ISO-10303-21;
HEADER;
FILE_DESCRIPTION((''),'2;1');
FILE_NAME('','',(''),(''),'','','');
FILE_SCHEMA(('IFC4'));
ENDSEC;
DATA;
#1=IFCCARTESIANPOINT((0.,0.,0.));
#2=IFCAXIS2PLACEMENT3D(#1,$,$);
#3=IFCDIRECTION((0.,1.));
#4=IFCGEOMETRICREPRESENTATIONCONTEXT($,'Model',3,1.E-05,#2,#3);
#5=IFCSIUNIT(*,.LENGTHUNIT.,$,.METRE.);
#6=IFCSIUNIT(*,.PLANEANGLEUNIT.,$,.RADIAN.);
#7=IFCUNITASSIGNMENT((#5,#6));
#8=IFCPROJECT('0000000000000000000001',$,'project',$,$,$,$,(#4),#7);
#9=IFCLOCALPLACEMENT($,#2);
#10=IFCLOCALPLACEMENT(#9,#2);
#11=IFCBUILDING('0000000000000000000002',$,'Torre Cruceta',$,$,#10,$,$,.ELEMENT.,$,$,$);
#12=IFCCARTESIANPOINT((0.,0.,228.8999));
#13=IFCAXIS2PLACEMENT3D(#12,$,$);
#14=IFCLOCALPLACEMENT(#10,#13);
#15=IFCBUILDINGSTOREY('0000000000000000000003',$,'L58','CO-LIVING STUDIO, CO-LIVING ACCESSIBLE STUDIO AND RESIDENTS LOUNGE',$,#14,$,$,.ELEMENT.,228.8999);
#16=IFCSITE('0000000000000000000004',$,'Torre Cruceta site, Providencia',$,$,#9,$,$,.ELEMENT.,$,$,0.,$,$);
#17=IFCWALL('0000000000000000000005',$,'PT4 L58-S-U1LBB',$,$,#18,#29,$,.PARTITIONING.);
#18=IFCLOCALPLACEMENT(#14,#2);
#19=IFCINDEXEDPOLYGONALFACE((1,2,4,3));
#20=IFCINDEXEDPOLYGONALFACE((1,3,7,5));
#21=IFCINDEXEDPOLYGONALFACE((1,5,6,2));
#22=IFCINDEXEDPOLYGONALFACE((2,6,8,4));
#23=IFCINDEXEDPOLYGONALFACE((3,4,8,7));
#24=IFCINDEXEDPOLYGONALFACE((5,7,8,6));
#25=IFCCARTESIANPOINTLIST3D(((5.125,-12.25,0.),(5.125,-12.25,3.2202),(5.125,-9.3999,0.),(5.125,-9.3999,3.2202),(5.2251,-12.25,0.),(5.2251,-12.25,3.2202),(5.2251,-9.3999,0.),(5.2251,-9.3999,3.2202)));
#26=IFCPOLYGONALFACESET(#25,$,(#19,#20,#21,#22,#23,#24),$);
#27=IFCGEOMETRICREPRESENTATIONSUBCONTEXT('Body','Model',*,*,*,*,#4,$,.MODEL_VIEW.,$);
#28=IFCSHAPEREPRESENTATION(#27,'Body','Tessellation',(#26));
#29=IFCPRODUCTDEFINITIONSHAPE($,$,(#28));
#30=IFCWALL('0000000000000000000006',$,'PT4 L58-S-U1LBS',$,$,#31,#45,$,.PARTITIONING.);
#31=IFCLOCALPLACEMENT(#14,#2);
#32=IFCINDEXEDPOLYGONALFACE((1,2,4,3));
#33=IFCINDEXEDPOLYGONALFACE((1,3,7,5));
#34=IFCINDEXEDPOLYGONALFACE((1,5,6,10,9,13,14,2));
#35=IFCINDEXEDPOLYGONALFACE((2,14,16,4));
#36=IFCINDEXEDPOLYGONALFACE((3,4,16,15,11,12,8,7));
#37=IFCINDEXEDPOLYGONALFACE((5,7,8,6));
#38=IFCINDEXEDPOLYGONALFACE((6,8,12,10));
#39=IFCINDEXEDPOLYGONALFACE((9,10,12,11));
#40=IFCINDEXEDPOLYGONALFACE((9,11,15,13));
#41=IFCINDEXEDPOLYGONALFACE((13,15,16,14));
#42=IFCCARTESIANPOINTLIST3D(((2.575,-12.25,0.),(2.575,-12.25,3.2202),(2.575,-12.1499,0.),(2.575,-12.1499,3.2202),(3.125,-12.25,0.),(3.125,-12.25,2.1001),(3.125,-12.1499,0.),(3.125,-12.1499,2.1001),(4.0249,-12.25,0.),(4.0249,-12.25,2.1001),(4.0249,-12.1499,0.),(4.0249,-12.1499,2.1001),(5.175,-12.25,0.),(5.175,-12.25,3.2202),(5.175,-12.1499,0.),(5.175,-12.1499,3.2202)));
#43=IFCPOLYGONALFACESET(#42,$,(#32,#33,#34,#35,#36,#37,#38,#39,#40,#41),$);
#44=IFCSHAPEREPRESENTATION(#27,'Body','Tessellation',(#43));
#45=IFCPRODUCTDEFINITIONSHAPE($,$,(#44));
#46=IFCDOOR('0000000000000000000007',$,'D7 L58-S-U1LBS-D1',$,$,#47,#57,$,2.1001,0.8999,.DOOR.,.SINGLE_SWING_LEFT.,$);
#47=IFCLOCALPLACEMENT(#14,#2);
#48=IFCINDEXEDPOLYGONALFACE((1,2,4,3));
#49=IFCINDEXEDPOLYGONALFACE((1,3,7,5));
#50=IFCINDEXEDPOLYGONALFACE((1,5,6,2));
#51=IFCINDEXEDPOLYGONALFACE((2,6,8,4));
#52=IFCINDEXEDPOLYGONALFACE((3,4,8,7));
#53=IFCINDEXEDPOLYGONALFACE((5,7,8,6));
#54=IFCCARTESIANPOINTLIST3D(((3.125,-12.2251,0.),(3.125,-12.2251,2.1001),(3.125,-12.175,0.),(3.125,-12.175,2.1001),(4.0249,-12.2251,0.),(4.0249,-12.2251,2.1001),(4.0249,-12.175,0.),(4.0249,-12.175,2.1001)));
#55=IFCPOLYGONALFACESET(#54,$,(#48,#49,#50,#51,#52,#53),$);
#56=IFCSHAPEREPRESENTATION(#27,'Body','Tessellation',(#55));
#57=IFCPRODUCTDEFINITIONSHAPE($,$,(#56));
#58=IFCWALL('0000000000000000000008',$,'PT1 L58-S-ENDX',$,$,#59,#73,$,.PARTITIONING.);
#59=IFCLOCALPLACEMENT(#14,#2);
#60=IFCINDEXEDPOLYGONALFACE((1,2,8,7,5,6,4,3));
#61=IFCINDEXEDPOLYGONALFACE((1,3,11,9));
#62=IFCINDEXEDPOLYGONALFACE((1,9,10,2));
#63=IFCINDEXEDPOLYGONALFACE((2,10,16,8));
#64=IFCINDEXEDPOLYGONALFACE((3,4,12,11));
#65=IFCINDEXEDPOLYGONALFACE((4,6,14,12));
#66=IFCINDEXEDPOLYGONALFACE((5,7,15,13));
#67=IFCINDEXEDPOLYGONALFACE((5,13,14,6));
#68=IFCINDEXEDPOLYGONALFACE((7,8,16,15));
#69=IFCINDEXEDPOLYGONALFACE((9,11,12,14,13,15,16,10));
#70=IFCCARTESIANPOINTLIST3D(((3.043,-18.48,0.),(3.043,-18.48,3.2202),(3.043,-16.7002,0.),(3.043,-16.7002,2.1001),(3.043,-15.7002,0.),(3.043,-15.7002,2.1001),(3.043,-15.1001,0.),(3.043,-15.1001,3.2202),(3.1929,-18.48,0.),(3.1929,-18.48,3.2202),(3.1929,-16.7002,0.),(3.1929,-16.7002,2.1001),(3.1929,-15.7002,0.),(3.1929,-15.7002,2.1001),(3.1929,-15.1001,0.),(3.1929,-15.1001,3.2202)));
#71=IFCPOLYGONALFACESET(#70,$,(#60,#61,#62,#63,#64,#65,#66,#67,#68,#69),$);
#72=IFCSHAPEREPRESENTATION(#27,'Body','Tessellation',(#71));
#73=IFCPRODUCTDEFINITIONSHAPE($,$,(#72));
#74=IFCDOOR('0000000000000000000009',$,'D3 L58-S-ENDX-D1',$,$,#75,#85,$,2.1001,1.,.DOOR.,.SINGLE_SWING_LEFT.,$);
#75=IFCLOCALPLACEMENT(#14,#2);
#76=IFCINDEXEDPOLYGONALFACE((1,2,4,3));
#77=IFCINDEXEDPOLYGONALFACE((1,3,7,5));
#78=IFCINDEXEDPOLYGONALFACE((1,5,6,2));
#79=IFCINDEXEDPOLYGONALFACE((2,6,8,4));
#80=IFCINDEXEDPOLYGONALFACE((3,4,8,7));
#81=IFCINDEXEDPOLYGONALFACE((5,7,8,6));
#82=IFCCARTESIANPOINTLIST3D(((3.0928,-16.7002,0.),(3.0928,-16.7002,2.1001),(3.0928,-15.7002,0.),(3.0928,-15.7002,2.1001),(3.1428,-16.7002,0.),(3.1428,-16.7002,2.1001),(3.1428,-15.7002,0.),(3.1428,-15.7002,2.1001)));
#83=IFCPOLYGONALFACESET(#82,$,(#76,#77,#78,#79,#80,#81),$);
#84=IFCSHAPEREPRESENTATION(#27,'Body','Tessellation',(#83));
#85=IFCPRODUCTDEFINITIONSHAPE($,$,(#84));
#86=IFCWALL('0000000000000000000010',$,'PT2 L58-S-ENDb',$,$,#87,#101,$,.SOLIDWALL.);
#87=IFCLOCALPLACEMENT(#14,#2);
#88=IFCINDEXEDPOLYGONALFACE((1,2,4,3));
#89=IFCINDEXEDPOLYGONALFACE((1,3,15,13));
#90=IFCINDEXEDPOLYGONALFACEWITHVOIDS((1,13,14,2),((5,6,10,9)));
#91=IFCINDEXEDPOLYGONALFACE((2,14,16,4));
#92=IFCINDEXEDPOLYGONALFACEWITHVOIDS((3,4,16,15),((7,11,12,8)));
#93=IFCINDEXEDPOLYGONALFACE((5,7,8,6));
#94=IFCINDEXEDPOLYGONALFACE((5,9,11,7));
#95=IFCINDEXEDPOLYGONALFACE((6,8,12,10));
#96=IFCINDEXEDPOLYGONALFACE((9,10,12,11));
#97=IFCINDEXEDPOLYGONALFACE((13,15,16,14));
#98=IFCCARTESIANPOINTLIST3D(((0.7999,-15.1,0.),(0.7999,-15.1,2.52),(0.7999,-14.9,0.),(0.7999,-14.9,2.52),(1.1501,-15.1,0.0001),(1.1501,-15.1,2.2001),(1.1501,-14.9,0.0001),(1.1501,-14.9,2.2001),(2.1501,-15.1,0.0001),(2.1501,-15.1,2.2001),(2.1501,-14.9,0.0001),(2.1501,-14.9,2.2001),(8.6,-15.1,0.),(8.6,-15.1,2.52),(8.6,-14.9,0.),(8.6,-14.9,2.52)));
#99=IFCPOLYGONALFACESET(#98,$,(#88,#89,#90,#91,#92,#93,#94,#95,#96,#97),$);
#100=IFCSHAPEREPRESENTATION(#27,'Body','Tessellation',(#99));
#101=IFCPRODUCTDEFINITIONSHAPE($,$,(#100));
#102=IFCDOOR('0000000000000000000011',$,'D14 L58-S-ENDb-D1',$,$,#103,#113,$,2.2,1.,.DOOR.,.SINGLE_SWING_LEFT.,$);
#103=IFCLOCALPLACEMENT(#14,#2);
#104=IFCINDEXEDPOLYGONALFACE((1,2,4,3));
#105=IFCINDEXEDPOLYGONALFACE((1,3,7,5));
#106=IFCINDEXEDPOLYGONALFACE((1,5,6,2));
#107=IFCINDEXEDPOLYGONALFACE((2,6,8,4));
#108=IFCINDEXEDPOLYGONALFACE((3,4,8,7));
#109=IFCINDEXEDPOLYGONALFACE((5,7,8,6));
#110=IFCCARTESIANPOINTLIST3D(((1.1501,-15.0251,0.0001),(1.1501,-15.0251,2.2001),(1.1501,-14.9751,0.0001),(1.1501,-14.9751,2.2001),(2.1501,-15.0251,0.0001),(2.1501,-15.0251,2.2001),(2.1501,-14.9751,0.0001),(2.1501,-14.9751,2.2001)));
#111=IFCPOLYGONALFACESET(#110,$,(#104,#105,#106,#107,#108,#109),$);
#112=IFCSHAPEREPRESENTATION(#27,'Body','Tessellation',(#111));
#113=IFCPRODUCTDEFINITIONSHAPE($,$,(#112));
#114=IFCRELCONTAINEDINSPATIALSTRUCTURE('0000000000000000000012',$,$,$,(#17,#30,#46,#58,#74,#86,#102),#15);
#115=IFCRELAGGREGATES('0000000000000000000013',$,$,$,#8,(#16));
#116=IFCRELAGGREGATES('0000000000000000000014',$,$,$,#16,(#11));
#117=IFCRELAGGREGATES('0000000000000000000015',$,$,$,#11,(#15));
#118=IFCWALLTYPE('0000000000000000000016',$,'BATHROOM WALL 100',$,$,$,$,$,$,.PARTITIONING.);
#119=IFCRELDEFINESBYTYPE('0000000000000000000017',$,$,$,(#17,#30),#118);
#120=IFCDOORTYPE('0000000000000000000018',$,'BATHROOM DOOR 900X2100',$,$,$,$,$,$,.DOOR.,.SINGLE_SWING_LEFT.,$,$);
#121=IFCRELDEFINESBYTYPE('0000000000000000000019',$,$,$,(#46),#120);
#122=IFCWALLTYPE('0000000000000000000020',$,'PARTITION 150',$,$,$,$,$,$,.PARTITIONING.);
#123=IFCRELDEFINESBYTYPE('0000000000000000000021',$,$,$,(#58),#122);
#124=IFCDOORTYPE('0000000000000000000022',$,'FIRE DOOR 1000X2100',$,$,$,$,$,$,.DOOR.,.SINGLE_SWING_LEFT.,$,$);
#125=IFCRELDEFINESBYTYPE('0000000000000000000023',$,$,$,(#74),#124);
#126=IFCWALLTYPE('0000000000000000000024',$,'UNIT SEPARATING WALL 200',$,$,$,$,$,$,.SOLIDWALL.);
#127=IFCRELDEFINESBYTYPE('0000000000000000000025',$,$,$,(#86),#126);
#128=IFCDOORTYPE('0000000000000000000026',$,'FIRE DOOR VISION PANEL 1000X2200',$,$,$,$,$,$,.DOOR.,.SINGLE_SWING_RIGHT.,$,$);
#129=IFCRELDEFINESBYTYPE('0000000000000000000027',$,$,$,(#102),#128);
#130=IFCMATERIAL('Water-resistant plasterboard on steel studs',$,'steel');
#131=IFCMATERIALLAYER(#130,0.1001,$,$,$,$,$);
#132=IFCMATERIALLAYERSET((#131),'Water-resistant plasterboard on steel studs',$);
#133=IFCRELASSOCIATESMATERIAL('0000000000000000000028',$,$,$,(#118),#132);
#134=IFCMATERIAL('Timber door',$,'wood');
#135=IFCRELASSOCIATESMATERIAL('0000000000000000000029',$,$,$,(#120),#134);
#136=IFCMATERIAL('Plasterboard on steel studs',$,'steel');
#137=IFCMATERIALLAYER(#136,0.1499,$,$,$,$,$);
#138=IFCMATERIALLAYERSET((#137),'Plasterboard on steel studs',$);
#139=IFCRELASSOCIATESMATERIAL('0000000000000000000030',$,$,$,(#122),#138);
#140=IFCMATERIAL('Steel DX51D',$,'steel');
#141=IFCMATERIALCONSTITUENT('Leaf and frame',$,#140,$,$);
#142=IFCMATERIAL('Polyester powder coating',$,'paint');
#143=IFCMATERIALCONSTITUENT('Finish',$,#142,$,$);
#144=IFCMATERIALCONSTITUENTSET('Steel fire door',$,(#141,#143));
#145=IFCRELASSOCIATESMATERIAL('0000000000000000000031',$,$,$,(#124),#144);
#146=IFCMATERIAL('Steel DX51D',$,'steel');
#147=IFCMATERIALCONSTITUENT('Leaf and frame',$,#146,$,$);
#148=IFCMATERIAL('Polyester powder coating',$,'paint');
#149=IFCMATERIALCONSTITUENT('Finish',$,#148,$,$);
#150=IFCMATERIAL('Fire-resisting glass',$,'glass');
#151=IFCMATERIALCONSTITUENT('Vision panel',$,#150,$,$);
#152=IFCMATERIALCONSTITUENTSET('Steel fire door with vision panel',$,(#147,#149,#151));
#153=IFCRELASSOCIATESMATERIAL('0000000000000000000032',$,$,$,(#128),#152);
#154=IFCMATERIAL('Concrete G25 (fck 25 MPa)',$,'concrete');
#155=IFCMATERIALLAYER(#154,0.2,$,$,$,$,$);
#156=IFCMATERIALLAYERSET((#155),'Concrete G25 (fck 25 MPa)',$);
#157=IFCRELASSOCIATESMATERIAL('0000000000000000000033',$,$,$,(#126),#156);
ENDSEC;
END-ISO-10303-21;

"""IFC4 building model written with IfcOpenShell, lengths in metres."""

from ifc_helpers import new_model, si_unit, direction, frame, frame_2d, origin, place, context, subcontext, project, spatial, rectangle, extrude, material, layer, layer_set, constituent, constituent_set, type_object, element, fill, save


model = new_model("IFC4")

# Units and contexts
model_context = context("Model", 3, precision=1e-05, world=origin(), true_north=direction((0.0, 1.0)))
body_context = subcontext(model_context, "Body", "Model", "MODEL_VIEW")
ifc_project = project(units=[si_unit("LENGTHUNIT", "METRE"), si_unit("PLANEANGLEUNIT", "RADIAN")], contexts=[model_context])

# Site, building, storey
site_placement = place(None, origin())
site = spatial("IfcSite", under=ifc_project, at=site_placement, Name="Torre Cruceta site, Providencia", CompositionType="ELEMENT", RefElevation=0.0)
building_placement = place(site_placement, origin())
building = spatial("IfcBuilding", under=site, at=building_placement, Name="Torre Cruceta", CompositionType="ELEMENT")
storey_placement = place(building_placement, frame((0.0, 0.0, 228.8999)))
storey = spatial("IfcBuildingStorey", under=building, at=storey_placement, Name="L58", Description="CO-LIVING STUDIO, CO-LIVING ACCESSIBLE STUDIO AND RESIDENTS LOUNGE", CompositionType="ELEMENT", Elevation=228.8999)

# Wall
ifc_material_1 = material(Name="Water-resistant plasterboard on steel studs", Category="steel")
ifc_layer_1 = layer(ifc_material_1, 0.1001)
ifc_layer_set_1 = layer_set([ifc_layer_1], Name="Water-resistant plasterboard on steel studs")
wall_type_1 = type_object("IfcWallType", Name="BATHROOM WALL 100", PredefinedType="PARTITIONING", material=ifc_layer_set_1)
wall_1_placement = place(storey_placement, frame((5.175, -9.3999, 0.0), z_axis=(0.0, 0.0, 1.0), x_axis=(0.0, -1.0, 0.0)))
element("IfcWall", 1, at=wall_1_placement, inside=storey, type_object=wall_type_1, Name="PT4 L58-S-U1LBB", PredefinedType="PARTITIONING", context=body_context, shape_type="SweptSolid", body=[
    extrude(rectangle(XDim=2.8501, YDim=0.1001, at=frame_2d((1.425, 0.0))), origin(), (0.0, 0.0, 1.0), 3.2202),
])

# Walls, openings, doors
wall_2_placement = place(storey_placement, frame((2.575, -12.2, 0.0), z_axis=(0.0, 0.0, 1.0), x_axis=(1.0, 0.0, 0.0)))
wall_2 = element("IfcWall", 2, at=wall_2_placement, inside=storey, type_object=wall_type_1, Name="PT4 L58-S-U1LBS", PredefinedType="PARTITIONING", context=body_context, shape_type="SweptSolid", body=[
    extrude(rectangle(XDim=2.6001, YDim=0.1001, at=frame_2d((1.3, 0.0))), origin(), (0.0, 0.0, 1.0), 3.2202),
])
opening_1_placement = place(wall_2_placement, frame((0.55, 0.0, 0.0)))
opening_1 = element("IfcOpeningElement", 3, at=opening_1_placement, cuts=wall_2, PredefinedType="OPENING", context=body_context, shape_type="SweptSolid", body=[
    extrude(rectangle(XDim=0.8999, YDim=2.1001, at=frame_2d((0.45, 1.05))), frame((0.0, 0.0601, 0.0), z_axis=(0.0, -1.0, 0.0), x_axis=(1.0, 0.0, 0.0)), (0.0, 0.0, 1.0), 0.1201),
])
ifc_material_2 = material(Name="Timber door", Category="wood")
door_type_1 = type_object("IfcDoorType", Name="BATHROOM DOOR 900X2100", OperationType="SINGLE_SWING_LEFT", PredefinedType="DOOR", material=ifc_material_2)
door_1_placement = place(opening_1_placement, origin())
door_1 = element("IfcDoor", 4, at=door_1_placement, inside=storey, type_object=door_type_1, Name="D7 L58-S-U1LBS-D1", OperationType="SINGLE_SWING_LEFT", OverallHeight=2.1001, OverallWidth=0.8999, PredefinedType="DOOR", context=body_context, shape_type="SweptSolid", body=[
    extrude(rectangle(XDim=0.8999, YDim=2.1001, at=frame_2d((0.45, 1.05))), frame((0.0, 0.0249, 0.0), z_axis=(0.0, -1.0, 0.0), x_axis=(1.0, 0.0, 0.0)), (0.0, 0.0, 1.0), 0.05),
])
fill(opening_1, door_1)
ifc_material_3 = material(Name="Plasterboard on steel studs", Category="steel")
ifc_layer_2 = layer(ifc_material_3, 0.1499)
ifc_layer_set_2 = layer_set([ifc_layer_2], Name="Plasterboard on steel studs")
wall_type_2 = type_object("IfcWallType", Name="PARTITION 150", PredefinedType="PARTITIONING", material=ifc_layer_set_2)
wall_3_placement = place(storey_placement, frame((3.1179, -15.1001, 0.0), z_axis=(0.0, 0.0, 1.0), x_axis=(0.0, -1.0, 0.0)))
wall_3 = element("IfcWall", 5, at=wall_3_placement, inside=storey, type_object=wall_type_2, Name="PT1 L58-S-ENDX", PredefinedType="PARTITIONING", context=body_context, shape_type="SweptSolid", body=[
    extrude(rectangle(XDim=3.3799, YDim=0.1499, at=frame_2d((1.6899, 0.0))), origin(), (0.0, 0.0, 1.0), 3.2202),
])
opening_2_placement = place(wall_3_placement, frame((0.6001, 0.0, 0.0)))
opening_2 = element("IfcOpeningElement", 6, at=opening_2_placement, cuts=wall_3, PredefinedType="OPENING", context=body_context, shape_type="SweptSolid", body=[
    extrude(rectangle(XDim=1.0, YDim=2.1001, at=frame_2d((0.5, 1.05))), frame((0.0, 0.085, 0.0), z_axis=(0.0, -1.0, 0.0), x_axis=(1.0, 0.0, 0.0)), (0.0, 0.0, 1.0), 0.1699),
])
ifc_material_4 = material(Name="Steel DX51D", Category="steel")
ifc_constituent_1 = constituent(ifc_material_4, Name="Leaf and frame")
ifc_material_5 = material(Name="Polyester powder coating", Category="paint")
ifc_constituent_2 = constituent(ifc_material_5, Name="Finish")
ifc_constituent_set_1 = constituent_set(constituents=[ifc_constituent_1, ifc_constituent_2], Name="Steel fire door")
door_type_2 = type_object("IfcDoorType", Name="FIRE DOOR 1000X2100", OperationType="SINGLE_SWING_LEFT", PredefinedType="DOOR", material=ifc_constituent_set_1)
door_2_placement = place(opening_2_placement, frame((1.0, 0.0, 0.0), z_axis=(0.0, 0.0, 1.0), x_axis=(-1.0, 0.0, 0.0)))
door_2 = element("IfcDoor", 7, at=door_2_placement, inside=storey, type_object=door_type_2, Name="D3 L58-S-ENDX-D1", OperationType="SINGLE_SWING_LEFT", OverallHeight=2.1001, OverallWidth=1.0, PredefinedType="DOOR", context=body_context, shape_type="SweptSolid", body=[
    extrude(rectangle(XDim=1.0, YDim=2.1001, at=frame_2d((0.5, 1.05))), frame((0.0, 0.0251, 0.0), z_axis=(0.0, -1.0, 0.0), x_axis=(1.0, 0.0, 0.0)), (0.0, 0.0, 1.0), 0.05),
])
fill(opening_2, door_2)

# Shared definitions
ifc_material_6 = material(Name="Steel DX51D", Category="steel")
ifc_constituent_3 = constituent(ifc_material_6, Name="Leaf and frame")
ifc_material_7 = material(Name="Polyester powder coating", Category="paint")
ifc_constituent_4 = constituent(ifc_material_7, Name="Finish")
ifc_material_8 = material(Name="Fire-resisting glass", Category="glass")
ifc_constituent_5 = constituent(ifc_material_8, Name="Vision panel")
ifc_constituent_set_2 = constituent_set(constituents=[ifc_constituent_3, ifc_constituent_4, ifc_constituent_5], Name="Steel fire door with vision panel")
door_type_3 = type_object("IfcDoorType", Name="FIRE DOOR VISION PANEL 1000X2200", OperationType="SINGLE_SWING_RIGHT", PredefinedType="DOOR", material=ifc_constituent_set_2)

# Wall, opening, door
ifc_material_9 = material(Name="Concrete G25 (fck 25 MPa)", Category="concrete")
ifc_layer_3 = layer(ifc_material_9, 0.2)
ifc_layer_set_3 = layer_set([ifc_layer_3], Name="Concrete G25 (fck 25 MPa)")
wall_type_3 = type_object("IfcWallType", Name="UNIT SEPARATING WALL 200", PredefinedType="SOLIDWALL", material=ifc_layer_set_3)
wall_4_placement = place(storey_placement, frame((0.8, -15.0, 0.0), z_axis=(0.0, 0.0, 1.0), x_axis=(1.0, 0.0, 0.0)))
wall_4 = element("IfcWall", 8, at=wall_4_placement, inside=storey, type_object=wall_type_3, Name="PT2 L58-S-ENDb", PredefinedType="SOLIDWALL", context=body_context, shape_type="SweptSolid", body=[
    extrude(rectangle(XDim=7.8, YDim=0.2, at=frame_2d((3.8999, 0.0))), origin(), (0.0, 0.0, 1.0), 2.52),
])
opening_3_placement = place(wall_4_placement, frame((0.3501, 0.0, 0.0)))
opening_3 = element("IfcOpeningElement", 9, at=opening_3_placement, cuts=wall_4, PredefinedType="OPENING", context=body_context, shape_type="SweptSolid", body=[
    extrude(rectangle(XDim=1.0, YDim=2.2, at=frame_2d((0.5, 1.1001))), frame((0.0, 0.1099, 0.0), z_axis=(0.0, -1.0, 0.0), x_axis=(1.0, 0.0, 0.0)), (0.0, 0.0, 1.0), 0.22),
])
door_3_placement = place(opening_3_placement, frame((1.0, 0.0, 0.0), z_axis=(0.0, 0.0, 1.0), x_axis=(-1.0, 0.0, 0.0)))
door_3 = element("IfcDoor", 10, at=door_3_placement, inside=storey, type_object=door_type_3, Name="D14 L58-S-ENDb-D1", OperationType="SINGLE_SWING_LEFT", OverallHeight=2.2, OverallWidth=1.0, PredefinedType="DOOR", context=body_context, shape_type="SweptSolid", body=[
    extrude(rectangle(XDim=1.0, YDim=2.2, at=frame_2d((0.5, 1.1001))), frame((0.0, 0.0251, 0.0), z_axis=(0.0, -1.0, 0.0), x_axis=(1.0, 0.0, 0.0)), (0.0, 0.0, 1.0), 0.05),
])
fill(opening_3, door_3)

save(model, "model.ifc")
